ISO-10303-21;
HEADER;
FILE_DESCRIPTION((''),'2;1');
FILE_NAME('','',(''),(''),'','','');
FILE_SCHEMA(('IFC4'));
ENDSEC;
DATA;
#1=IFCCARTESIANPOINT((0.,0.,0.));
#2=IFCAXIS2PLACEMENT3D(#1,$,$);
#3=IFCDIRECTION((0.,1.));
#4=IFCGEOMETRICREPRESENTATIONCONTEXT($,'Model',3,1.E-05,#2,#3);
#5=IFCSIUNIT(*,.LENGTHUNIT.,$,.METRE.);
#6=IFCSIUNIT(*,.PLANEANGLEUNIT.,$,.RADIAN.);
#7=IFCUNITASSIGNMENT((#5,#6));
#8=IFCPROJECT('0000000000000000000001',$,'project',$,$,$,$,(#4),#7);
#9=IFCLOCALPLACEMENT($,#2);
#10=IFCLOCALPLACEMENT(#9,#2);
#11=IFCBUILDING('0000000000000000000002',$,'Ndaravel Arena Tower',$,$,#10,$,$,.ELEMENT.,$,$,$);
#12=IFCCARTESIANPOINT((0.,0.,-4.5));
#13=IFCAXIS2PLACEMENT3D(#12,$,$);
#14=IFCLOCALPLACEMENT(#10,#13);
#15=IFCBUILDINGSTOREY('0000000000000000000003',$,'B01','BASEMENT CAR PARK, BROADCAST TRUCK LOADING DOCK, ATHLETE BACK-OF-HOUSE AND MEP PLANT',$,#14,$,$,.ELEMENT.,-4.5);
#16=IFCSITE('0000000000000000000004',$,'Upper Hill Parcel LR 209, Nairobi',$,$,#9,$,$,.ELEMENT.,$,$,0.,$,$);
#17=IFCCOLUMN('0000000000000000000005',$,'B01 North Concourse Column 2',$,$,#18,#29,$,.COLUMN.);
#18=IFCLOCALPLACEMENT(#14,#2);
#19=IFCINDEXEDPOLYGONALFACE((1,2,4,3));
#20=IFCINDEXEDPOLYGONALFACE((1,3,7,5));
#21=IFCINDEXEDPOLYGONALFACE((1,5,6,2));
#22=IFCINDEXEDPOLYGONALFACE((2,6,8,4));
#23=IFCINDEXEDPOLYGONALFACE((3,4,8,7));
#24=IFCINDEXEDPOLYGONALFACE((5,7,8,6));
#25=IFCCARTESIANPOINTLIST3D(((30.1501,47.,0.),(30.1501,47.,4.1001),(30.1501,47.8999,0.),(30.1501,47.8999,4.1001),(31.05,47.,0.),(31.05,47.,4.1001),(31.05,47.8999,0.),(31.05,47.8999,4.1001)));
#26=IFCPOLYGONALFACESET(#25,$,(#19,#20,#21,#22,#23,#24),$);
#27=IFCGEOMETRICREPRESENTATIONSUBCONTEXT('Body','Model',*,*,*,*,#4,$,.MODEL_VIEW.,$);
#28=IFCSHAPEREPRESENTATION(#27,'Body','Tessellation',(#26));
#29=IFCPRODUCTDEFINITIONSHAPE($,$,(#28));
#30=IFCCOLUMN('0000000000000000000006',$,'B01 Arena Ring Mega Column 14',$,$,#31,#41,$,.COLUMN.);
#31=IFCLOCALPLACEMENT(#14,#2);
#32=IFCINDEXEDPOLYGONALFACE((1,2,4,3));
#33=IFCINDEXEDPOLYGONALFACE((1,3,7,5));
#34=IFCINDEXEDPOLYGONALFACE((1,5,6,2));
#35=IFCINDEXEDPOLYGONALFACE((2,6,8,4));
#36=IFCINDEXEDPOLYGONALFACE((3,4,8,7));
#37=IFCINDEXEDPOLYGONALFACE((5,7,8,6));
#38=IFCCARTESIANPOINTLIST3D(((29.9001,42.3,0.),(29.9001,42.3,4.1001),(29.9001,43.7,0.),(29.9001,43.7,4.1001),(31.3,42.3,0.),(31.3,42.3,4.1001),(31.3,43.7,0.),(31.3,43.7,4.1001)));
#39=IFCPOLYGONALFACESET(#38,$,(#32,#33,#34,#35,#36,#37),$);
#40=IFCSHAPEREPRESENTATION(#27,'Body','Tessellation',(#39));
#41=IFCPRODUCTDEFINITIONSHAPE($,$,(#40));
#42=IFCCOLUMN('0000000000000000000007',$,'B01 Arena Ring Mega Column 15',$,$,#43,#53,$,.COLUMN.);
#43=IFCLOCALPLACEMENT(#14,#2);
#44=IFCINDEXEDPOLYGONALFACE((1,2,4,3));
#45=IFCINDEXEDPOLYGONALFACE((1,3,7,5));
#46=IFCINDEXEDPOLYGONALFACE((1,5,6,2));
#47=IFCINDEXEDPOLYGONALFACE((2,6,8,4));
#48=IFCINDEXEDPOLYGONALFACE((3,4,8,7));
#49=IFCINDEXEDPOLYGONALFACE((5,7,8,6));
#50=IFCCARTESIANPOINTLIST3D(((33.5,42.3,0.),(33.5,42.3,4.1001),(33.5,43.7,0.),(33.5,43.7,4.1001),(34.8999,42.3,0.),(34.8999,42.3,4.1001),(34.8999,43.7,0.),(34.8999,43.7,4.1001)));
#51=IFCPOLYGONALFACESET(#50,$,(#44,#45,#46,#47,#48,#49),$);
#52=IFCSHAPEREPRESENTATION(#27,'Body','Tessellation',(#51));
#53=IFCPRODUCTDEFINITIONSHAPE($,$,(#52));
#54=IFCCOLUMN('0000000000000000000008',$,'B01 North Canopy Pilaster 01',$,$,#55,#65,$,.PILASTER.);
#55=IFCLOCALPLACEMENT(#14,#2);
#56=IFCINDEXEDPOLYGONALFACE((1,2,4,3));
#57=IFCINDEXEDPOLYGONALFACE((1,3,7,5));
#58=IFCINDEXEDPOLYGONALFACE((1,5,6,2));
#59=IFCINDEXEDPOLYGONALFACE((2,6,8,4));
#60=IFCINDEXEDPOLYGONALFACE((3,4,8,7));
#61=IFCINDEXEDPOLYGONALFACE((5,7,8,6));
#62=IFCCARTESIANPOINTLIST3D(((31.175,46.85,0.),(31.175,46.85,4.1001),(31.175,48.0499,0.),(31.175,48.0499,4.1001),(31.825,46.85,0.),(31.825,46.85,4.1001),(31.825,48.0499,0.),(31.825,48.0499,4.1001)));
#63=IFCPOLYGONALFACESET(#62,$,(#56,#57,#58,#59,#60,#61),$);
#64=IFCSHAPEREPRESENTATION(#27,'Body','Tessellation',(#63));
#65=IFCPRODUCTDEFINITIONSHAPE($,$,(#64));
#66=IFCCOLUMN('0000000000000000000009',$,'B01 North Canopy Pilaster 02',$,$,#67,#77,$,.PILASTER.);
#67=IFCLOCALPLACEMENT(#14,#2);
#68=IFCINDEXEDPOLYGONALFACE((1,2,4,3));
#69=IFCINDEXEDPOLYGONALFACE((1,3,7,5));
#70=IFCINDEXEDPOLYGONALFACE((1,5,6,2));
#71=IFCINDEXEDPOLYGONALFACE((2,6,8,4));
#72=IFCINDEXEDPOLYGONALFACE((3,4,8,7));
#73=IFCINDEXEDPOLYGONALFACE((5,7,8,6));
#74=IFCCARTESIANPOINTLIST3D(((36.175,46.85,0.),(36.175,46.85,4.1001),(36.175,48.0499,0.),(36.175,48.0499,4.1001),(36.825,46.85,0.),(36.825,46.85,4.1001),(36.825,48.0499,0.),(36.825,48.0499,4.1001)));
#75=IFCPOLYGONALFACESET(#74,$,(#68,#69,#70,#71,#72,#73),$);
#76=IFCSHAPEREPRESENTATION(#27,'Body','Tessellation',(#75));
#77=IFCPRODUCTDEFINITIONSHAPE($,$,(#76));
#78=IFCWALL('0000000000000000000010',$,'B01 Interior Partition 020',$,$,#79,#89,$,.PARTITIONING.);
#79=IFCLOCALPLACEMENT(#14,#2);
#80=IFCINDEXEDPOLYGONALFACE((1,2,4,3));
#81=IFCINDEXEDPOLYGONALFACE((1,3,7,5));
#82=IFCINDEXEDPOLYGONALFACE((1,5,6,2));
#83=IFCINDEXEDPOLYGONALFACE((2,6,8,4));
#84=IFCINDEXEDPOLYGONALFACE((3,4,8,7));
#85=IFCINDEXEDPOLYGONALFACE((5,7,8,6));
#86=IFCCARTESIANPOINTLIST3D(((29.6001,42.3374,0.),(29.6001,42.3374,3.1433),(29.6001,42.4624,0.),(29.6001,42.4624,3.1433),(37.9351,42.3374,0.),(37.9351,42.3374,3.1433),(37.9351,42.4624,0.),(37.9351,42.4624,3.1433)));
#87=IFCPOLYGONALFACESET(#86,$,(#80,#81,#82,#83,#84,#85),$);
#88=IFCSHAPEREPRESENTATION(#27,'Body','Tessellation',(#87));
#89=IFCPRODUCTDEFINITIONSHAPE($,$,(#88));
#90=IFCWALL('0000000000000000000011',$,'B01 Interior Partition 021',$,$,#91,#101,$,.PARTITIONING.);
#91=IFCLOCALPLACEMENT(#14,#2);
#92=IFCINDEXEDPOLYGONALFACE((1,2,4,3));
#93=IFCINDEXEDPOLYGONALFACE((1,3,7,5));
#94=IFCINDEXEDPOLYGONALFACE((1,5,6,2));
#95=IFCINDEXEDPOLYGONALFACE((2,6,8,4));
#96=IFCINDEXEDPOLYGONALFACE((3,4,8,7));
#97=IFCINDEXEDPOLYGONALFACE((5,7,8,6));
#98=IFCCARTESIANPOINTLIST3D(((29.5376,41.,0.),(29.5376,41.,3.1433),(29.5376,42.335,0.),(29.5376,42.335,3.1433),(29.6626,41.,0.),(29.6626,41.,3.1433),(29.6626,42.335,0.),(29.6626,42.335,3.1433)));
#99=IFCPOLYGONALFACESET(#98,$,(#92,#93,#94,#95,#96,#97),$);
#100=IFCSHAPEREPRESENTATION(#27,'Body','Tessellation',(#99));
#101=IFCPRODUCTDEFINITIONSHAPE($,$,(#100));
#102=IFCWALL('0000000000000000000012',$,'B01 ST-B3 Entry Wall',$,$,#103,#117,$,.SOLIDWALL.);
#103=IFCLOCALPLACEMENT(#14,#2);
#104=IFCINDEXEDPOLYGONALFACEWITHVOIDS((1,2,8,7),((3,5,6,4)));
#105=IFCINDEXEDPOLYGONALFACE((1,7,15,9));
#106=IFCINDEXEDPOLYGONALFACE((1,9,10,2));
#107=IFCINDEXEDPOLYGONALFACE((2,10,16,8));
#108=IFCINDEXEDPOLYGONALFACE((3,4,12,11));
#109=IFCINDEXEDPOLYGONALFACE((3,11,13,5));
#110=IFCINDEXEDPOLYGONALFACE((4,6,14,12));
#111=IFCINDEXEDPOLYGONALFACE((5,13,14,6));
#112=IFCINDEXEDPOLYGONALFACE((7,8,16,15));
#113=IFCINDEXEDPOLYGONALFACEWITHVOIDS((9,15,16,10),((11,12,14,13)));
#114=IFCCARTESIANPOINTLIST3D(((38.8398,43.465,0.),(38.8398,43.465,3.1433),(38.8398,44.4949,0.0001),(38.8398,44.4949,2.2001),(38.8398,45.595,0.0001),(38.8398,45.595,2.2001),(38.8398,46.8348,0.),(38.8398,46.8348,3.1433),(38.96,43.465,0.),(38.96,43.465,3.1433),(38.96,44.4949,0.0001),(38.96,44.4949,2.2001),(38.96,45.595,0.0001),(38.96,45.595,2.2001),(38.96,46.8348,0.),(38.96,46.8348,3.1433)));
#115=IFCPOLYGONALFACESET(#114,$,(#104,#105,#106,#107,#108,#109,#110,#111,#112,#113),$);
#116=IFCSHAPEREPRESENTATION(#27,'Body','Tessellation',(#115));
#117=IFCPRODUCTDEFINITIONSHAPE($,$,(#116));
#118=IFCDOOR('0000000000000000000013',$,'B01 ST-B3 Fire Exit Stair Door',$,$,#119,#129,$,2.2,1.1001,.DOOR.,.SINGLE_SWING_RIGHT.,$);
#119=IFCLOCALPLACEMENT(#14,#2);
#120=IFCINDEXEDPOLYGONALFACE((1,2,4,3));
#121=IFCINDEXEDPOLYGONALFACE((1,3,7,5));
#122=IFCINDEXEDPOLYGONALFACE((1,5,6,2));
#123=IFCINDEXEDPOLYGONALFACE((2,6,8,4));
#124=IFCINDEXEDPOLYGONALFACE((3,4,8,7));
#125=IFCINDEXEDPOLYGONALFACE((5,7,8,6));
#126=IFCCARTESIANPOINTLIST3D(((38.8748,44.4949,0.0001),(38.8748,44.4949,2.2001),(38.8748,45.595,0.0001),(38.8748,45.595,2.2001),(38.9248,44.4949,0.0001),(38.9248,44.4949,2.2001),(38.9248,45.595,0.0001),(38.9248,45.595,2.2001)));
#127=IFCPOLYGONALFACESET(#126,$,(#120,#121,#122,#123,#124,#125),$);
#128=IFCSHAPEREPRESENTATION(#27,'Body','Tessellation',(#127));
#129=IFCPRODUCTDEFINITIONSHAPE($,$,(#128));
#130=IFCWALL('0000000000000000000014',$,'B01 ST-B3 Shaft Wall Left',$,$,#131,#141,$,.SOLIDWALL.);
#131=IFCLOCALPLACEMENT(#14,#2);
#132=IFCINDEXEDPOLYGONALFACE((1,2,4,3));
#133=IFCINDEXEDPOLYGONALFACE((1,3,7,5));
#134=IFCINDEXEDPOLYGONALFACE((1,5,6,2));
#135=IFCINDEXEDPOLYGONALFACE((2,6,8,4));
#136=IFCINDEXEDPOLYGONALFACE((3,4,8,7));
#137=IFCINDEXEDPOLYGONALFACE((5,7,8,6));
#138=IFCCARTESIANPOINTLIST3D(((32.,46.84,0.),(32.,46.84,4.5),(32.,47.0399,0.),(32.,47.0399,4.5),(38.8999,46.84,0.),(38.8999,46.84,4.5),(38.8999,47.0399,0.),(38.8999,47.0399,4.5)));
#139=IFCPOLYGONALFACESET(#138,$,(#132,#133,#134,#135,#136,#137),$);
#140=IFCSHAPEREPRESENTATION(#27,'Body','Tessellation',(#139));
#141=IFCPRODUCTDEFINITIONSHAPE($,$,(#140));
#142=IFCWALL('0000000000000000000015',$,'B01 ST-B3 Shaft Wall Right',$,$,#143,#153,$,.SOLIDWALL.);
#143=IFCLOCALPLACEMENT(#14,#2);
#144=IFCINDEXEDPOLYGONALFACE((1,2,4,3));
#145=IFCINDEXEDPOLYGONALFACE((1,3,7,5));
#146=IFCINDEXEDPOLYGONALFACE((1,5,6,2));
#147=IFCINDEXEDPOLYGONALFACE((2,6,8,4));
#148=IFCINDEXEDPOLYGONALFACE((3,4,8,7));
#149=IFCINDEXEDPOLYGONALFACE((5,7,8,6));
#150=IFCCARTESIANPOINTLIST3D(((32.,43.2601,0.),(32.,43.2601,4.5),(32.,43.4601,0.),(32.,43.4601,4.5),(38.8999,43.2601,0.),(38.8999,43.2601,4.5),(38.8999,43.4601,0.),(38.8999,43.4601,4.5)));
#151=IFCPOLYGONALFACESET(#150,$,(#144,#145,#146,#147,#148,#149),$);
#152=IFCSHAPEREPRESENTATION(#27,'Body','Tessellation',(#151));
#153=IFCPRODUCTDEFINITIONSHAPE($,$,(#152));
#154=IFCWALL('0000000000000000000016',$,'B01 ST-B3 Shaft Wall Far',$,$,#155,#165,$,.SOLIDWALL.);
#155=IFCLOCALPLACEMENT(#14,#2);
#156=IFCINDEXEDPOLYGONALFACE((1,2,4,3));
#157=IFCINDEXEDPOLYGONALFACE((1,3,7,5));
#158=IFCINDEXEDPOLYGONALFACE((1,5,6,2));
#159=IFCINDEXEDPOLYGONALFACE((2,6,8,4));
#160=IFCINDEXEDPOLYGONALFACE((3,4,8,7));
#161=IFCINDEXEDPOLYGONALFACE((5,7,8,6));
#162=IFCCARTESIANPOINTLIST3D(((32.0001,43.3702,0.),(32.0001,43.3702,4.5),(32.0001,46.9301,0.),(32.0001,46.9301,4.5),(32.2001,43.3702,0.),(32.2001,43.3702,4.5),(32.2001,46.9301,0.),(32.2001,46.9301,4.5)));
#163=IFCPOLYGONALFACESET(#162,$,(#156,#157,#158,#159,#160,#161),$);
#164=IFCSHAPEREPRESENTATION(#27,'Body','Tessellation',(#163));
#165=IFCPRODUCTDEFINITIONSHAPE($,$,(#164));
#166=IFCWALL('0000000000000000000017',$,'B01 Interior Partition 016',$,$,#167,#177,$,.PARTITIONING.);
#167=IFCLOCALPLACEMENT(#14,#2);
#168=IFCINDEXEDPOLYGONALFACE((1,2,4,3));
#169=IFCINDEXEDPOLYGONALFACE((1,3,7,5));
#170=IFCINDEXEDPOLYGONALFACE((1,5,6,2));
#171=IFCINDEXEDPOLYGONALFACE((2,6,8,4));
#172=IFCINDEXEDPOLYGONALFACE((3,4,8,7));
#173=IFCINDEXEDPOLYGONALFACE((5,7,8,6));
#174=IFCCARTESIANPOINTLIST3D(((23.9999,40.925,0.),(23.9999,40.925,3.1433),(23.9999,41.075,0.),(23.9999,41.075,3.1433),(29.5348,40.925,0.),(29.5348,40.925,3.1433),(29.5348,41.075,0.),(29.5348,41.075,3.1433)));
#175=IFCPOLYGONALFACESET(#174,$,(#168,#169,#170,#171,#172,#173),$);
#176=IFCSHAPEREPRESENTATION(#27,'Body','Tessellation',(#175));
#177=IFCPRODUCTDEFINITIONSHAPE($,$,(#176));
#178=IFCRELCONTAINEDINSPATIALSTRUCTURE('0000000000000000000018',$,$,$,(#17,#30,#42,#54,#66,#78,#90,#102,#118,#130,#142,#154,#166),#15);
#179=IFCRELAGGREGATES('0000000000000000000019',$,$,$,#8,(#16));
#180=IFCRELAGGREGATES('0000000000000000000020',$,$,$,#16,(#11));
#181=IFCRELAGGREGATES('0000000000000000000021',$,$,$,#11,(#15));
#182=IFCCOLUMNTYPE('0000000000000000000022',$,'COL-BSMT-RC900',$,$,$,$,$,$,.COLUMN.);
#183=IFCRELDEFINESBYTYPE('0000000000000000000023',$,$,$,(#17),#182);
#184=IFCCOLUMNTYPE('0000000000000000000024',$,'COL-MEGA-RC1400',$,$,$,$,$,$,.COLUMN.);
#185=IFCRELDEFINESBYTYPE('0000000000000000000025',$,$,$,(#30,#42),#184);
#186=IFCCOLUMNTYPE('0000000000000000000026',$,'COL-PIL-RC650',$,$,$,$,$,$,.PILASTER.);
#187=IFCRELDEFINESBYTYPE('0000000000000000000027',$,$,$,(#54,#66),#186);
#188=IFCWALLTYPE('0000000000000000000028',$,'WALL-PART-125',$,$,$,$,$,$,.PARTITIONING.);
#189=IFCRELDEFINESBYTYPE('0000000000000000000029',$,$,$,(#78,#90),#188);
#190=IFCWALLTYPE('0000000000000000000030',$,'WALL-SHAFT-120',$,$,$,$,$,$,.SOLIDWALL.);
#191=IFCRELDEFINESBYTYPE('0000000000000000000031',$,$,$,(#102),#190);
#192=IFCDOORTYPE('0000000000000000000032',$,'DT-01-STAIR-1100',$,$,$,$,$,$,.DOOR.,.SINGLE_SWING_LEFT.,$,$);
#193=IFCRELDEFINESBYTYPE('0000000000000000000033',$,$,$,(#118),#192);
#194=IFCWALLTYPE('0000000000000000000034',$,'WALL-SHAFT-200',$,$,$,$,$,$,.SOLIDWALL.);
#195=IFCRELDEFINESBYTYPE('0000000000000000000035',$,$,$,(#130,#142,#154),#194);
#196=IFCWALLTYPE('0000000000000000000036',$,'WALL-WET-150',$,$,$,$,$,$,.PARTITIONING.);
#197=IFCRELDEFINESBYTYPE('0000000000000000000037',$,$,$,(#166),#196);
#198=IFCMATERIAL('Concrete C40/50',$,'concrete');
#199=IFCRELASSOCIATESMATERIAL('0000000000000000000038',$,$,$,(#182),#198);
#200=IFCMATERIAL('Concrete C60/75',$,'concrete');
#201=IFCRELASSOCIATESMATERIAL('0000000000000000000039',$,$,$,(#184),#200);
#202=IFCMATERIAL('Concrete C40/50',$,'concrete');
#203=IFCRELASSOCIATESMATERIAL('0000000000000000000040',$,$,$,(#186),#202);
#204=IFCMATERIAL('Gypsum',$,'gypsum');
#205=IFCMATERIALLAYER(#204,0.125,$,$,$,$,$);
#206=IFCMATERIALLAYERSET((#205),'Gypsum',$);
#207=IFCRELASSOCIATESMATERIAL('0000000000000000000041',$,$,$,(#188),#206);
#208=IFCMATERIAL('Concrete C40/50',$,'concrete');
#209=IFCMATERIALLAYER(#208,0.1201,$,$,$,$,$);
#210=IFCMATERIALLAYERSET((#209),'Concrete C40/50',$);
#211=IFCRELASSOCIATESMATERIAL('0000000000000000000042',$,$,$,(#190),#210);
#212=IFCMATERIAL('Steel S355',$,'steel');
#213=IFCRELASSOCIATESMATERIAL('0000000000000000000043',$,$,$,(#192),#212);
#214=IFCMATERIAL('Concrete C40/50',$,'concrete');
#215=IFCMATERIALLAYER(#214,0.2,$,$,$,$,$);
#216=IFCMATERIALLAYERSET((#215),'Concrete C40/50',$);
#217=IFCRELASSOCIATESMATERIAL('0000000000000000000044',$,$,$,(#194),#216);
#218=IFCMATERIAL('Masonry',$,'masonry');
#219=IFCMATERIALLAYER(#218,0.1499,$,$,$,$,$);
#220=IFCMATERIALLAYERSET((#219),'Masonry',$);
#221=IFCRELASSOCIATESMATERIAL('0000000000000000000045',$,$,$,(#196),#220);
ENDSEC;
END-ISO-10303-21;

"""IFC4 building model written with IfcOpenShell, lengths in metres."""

from ifc_helpers import new_model, si_unit, direction, frame, frame_2d, origin, origin_2d, place, context, subcontext, project, spatial, rectangle, extrude, material, layer, layer_set, material_profile, profile_set, type_object, element, fill, save


model = new_model("IFC4")

# Units and contexts
model_context = context("Model", 3, precision=1e-05, world=origin(), true_north=direction((0.0, 1.0)))
body_context = subcontext(model_context, "Body", "Model", "MODEL_VIEW")
ifc_project = project(units=[si_unit("LENGTHUNIT", "METRE"), si_unit("PLANEANGLEUNIT", "RADIAN")], contexts=[model_context])

# Site, building, storey
site_placement = place(None, origin())
site = spatial("IfcSite", under=ifc_project, at=site_placement, Name="Upper Hill Parcel LR 209, Nairobi", CompositionType="ELEMENT", RefElevation=0.0)
building_placement = place(site_placement, origin())
building = spatial("IfcBuilding", under=site, at=building_placement, Name="Ndaravel Arena Tower", CompositionType="ELEMENT")
storey_placement = place(building_placement, frame((0.0, 0.0, -4.5)))
storey = spatial("IfcBuildingStorey", under=building, at=storey_placement, Name="B01", Description="BASEMENT CAR PARK, BROADCAST TRUCK LOADING DOCK, ATHLETE BACK-OF-HOUSE AND MEP PLANT", CompositionType="ELEMENT", Elevation=-4.5)

# Columns
ifc_material_1 = material(Name="Concrete C40/50", Category="concrete")
ifc_material_profile_1 = material_profile(ifc_material_1, rectangle(XDim=0.8999, YDim=0.8999, at=origin_2d()), Name="RC 900x900")
ifc_profile_set_1 = profile_set([ifc_material_profile_1], Name="Concrete C40/50")
column_type_1 = type_object("IfcColumnType", Name="COL-BSMT-RC900", PredefinedType="COLUMN", material=ifc_profile_set_1)
column_placement = place(storey_placement, frame((30.6001, 47.45, 0.0), z_axis=(0.0, 0.0, 1.0), x_axis=(1.0, 0.0, 0.0)))
element("IfcColumn", 1, at=column_placement, inside=storey, type_object=column_type_1, Name="B01 North Concourse Column 2", PredefinedType="COLUMN", context=body_context, shape_type="SweptSolid", body=[
    extrude(rectangle(XDim=0.8999, YDim=0.8999, at=origin_2d()), origin(), (0.0, 0.0, 1.0), 4.1001),
])
ifc_material_2 = material(Name="Concrete C60/75", Category="concrete")
ifc_material_profile_2 = material_profile(ifc_material_2, rectangle(XDim=1.3999, YDim=1.3999, at=origin_2d()), Name="RC 1400x1400")
ifc_profile_set_2 = profile_set([ifc_material_profile_2], Name="Concrete C60/75")
column_type_2 = type_object("IfcColumnType", Name="COL-MEGA-RC1400", PredefinedType="COLUMN", material=ifc_profile_set_2)
for number, where, z_axis, x_axis, name in (
    (2, (30.6001, 43.0, 0.0), (0.0, 0.0, 1.0), (1.0, 0.0, 0.0), "B01 Arena Ring Mega Column 14"),
    (3, (34.2, 43.0, 0.0), (0.0, 0.0, 1.0), (1.0, 0.0, 0.0), "B01 Arena Ring Mega Column 15"),
):
    element("IfcColumn", number, at=place(storey_placement, frame(where, z_axis=z_axis, x_axis=x_axis)), inside=storey, type_object=column_type_2, Name=name, PredefinedType="COLUMN", context=body_context, shape_type="SweptSolid", body=[
        extrude(rectangle(XDim=1.3999, YDim=1.3999, at=origin_2d()), origin(), (0.0, 0.0, 1.0), 4.1001),
    ])
ifc_material_3 = material(Name="Concrete C40/50", Category="concrete")
ifc_material_profile_3 = material_profile(ifc_material_3, rectangle(XDim=0.6499, YDim=1.2, at=origin_2d()), Name="RC 650x1200")
ifc_profile_set_3 = profile_set([ifc_material_profile_3], Name="Concrete C40/50")
column_type_3 = type_object("IfcColumnType", Name="COL-PIL-RC650", PredefinedType="PILASTER", material=ifc_profile_set_3)
for number, where, z_axis, x_axis, name in (
    (4, (31.5, 47.45, 0.0), (0.0, 0.0, 1.0), (1.0, 0.0, 0.0), "B01 North Canopy Pilaster 01"),
    (5, (36.5, 47.45, 0.0), (0.0, 0.0, 1.0), (1.0, 0.0, 0.0), "B01 North Canopy Pilaster 02"),
):
    element("IfcColumn", number, at=place(storey_placement, frame(where, z_axis=z_axis, x_axis=x_axis)), inside=storey, type_object=column_type_3, Name=name, PredefinedType="PILASTER", context=body_context, shape_type="SweptSolid", body=[
        extrude(rectangle(XDim=0.6499, YDim=1.2, at=origin_2d()), origin(), (0.0, 0.0, 1.0), 4.1001),
    ])

# Walls
ifc_material_4 = material(Name="Gypsum", Category="gypsum")
ifc_layer_1 = layer(ifc_material_4, 0.125)
ifc_layer_set_1 = layer_set([ifc_layer_1], Name="Gypsum")
wall_type_1 = type_object("IfcWallType", Name="WALL-PART-125", PredefinedType="PARTITIONING", material=ifc_layer_set_1)
wall_1_placement = place(storey_placement, frame((37.9351, 42.3999, 0.0), z_axis=(0.0, 0.0, 1.0), x_axis=(-1.0, 0.0, 0.0)))
element("IfcWall", 6, at=wall_1_placement, inside=storey, type_object=wall_type_1, Name="B01 Interior Partition 020", PredefinedType="PARTITIONING", context=body_context, shape_type="SweptSolid", body=[
    extrude(rectangle(XDim=8.335, YDim=0.125, at=frame_2d((4.1675, 0.0))), origin(), (0.0, 0.0, 1.0), 3.1433),
])
wall_2_placement = place(storey_placement, frame((29.6001, 42.335, 0.0), z_axis=(0.0, 0.0, 1.0), x_axis=(0.0, -1.0, 0.0)))
element("IfcWall", 7, at=wall_2_placement, inside=storey, type_object=wall_type_1, Name="B01 Interior Partition 021", PredefinedType="PARTITIONING", context=body_context, shape_type="SweptSolid", body=[
    extrude(rectangle(XDim=1.335, YDim=0.125, at=frame_2d((0.6675, 0.0))), origin(), (0.0, 0.0, 1.0), 3.1433),
])

# Wall, opening, door
ifc_material_5 = material(Name="Concrete C40/50", Category="concrete")
ifc_layer_2 = layer(ifc_material_5, 0.1201)
ifc_layer_set_2 = layer_set([ifc_layer_2], Name="Concrete C40/50")
wall_type_2 = type_object("IfcWallType", Name="WALL-SHAFT-120", PredefinedType="SOLIDWALL", material=ifc_layer_set_2)
wall_3_placement = place(storey_placement, frame((38.8999, 46.835, 0.0), z_axis=(0.0, 0.0, 1.0), x_axis=(0.0, -1.0, 0.0)))
wall_3 = element("IfcWall", 8, at=wall_3_placement, inside=storey, type_object=wall_type_2, Name="B01 ST-B3 Entry Wall", PredefinedType="SOLIDWALL", context=body_context, shape_type="SweptSolid", body=[
    extrude(rectangle(XDim=3.3699, YDim=0.1201, at=frame_2d((1.6851, 0.0))), origin(), (0.0, 0.0, 1.0), 3.1433),
])
opening_placement = place(wall_3_placement, frame((1.24, 0.0, 0.0)))
opening = element("IfcOpeningElement", 9, at=opening_placement, cuts=wall_3, PredefinedType="OPENING", context=body_context, shape_type="SweptSolid", body=[
    extrude(rectangle(XDim=1.1001, YDim=2.2, at=frame_2d((0.55, 1.1001))), frame((0.0, 0.0601, 0.0), z_axis=(0.0, -1.0, 0.0), x_axis=(1.0, 0.0, 0.0)), (0.0, 0.0, 1.0), 0.1201),
])
ifc_material_6 = material(Name="Steel S355", Category="steel")
door_type = type_object("IfcDoorType", Name="DT-01-STAIR-1100", OperationType="SINGLE_SWING_LEFT", PredefinedType="DOOR", material=ifc_material_6)
door_placement = place(opening_placement, origin())
door = element("IfcDoor", 10, at=door_placement, inside=storey, type_object=door_type, Name="B01 ST-B3 Fire Exit Stair Door", OperationType="SINGLE_SWING_RIGHT", OverallHeight=2.2, OverallWidth=1.1001, PredefinedType="DOOR", context=body_context, shape_type="SweptSolid", body=[
    extrude(rectangle(XDim=1.1001, YDim=2.2, at=frame_2d((0.55, 1.1001))), frame((0.0, 0.0249, 0.0), z_axis=(0.0, -1.0, 0.0), x_axis=(1.0, 0.0, 0.0)), (0.0, 0.0, 1.0), 0.05),
])
fill(opening, door)

# Walls
ifc_material_7 = material(Name="Concrete C40/50", Category="concrete")
ifc_layer_3 = layer(ifc_material_7, 0.2)
ifc_layer_set_3 = layer_set([ifc_layer_3], Name="Concrete C40/50")
wall_type_3 = type_object("IfcWallType", Name="WALL-SHAFT-200", PredefinedType="SOLIDWALL", material=ifc_layer_set_3)
for number, where, z_axis, x_axis, name in (
    (11, (38.8999, 46.9399, 0.0), (0.0, 0.0, 1.0), (-1.0, 0.0, 0.0), "B01 ST-B3 Shaft Wall Left"),
    (12, (38.8999, 43.3601, 0.0), (0.0, 0.0, 1.0), (-1.0, 0.0, 0.0), "B01 ST-B3 Shaft Wall Right"),
):
    element("IfcWall", number, at=place(storey_placement, frame(where, z_axis=z_axis, x_axis=x_axis)), inside=storey, type_object=wall_type_3, Name=name, PredefinedType="SOLIDWALL", context=body_context, shape_type="SweptSolid", body=[
        extrude(rectangle(XDim=6.8999, YDim=0.2, at=frame_2d((3.45, 0.0))), origin(), (0.0, 0.0, 1.0), 4.5),
    ])
wall_4_placement = place(storey_placement, frame((32.1001, 46.9299, 0.0), z_axis=(0.0, 0.0, 1.0), x_axis=(0.0, -1.0, 0.0)))
element("IfcWall", 13, at=wall_4_placement, inside=storey, type_object=wall_type_3, Name="B01 ST-B3 Shaft Wall Far", PredefinedType="SOLIDWALL", context=body_context, shape_type="SweptSolid", body=[
    extrude(rectangle(XDim=3.5598, YDim=0.2, at=frame_2d((1.7798, 0.0))), origin(), (0.0, 0.0, 1.0), 4.5),
])
ifc_material_8 = material(Name="Masonry", Category="masonry")
ifc_layer_4 = layer(ifc_material_8, 0.1499)
ifc_layer_set_4 = layer_set([ifc_layer_4], Name="Masonry")
wall_type_4 = type_object("IfcWallType", Name="WALL-WET-150", PredefinedType="PARTITIONING", material=ifc_layer_set_4)
wall_5_placement = place(storey_placement, frame((29.5349, 41.0, 0.0), z_axis=(0.0, 0.0, 1.0), x_axis=(-1.0, 0.0, 0.0)))
element("IfcWall", 14, at=wall_5_placement, inside=storey, type_object=wall_type_4, Name="B01 Interior Partition 016", PredefinedType="PARTITIONING", context=body_context, shape_type="SweptSolid", body=[
    extrude(rectangle(XDim=5.5349, YDim=0.1499, at=frame_2d((2.7676, 0.0))), origin(), (0.0, 0.0, 1.0), 3.1433),
])

save(model, "model.ifc")
